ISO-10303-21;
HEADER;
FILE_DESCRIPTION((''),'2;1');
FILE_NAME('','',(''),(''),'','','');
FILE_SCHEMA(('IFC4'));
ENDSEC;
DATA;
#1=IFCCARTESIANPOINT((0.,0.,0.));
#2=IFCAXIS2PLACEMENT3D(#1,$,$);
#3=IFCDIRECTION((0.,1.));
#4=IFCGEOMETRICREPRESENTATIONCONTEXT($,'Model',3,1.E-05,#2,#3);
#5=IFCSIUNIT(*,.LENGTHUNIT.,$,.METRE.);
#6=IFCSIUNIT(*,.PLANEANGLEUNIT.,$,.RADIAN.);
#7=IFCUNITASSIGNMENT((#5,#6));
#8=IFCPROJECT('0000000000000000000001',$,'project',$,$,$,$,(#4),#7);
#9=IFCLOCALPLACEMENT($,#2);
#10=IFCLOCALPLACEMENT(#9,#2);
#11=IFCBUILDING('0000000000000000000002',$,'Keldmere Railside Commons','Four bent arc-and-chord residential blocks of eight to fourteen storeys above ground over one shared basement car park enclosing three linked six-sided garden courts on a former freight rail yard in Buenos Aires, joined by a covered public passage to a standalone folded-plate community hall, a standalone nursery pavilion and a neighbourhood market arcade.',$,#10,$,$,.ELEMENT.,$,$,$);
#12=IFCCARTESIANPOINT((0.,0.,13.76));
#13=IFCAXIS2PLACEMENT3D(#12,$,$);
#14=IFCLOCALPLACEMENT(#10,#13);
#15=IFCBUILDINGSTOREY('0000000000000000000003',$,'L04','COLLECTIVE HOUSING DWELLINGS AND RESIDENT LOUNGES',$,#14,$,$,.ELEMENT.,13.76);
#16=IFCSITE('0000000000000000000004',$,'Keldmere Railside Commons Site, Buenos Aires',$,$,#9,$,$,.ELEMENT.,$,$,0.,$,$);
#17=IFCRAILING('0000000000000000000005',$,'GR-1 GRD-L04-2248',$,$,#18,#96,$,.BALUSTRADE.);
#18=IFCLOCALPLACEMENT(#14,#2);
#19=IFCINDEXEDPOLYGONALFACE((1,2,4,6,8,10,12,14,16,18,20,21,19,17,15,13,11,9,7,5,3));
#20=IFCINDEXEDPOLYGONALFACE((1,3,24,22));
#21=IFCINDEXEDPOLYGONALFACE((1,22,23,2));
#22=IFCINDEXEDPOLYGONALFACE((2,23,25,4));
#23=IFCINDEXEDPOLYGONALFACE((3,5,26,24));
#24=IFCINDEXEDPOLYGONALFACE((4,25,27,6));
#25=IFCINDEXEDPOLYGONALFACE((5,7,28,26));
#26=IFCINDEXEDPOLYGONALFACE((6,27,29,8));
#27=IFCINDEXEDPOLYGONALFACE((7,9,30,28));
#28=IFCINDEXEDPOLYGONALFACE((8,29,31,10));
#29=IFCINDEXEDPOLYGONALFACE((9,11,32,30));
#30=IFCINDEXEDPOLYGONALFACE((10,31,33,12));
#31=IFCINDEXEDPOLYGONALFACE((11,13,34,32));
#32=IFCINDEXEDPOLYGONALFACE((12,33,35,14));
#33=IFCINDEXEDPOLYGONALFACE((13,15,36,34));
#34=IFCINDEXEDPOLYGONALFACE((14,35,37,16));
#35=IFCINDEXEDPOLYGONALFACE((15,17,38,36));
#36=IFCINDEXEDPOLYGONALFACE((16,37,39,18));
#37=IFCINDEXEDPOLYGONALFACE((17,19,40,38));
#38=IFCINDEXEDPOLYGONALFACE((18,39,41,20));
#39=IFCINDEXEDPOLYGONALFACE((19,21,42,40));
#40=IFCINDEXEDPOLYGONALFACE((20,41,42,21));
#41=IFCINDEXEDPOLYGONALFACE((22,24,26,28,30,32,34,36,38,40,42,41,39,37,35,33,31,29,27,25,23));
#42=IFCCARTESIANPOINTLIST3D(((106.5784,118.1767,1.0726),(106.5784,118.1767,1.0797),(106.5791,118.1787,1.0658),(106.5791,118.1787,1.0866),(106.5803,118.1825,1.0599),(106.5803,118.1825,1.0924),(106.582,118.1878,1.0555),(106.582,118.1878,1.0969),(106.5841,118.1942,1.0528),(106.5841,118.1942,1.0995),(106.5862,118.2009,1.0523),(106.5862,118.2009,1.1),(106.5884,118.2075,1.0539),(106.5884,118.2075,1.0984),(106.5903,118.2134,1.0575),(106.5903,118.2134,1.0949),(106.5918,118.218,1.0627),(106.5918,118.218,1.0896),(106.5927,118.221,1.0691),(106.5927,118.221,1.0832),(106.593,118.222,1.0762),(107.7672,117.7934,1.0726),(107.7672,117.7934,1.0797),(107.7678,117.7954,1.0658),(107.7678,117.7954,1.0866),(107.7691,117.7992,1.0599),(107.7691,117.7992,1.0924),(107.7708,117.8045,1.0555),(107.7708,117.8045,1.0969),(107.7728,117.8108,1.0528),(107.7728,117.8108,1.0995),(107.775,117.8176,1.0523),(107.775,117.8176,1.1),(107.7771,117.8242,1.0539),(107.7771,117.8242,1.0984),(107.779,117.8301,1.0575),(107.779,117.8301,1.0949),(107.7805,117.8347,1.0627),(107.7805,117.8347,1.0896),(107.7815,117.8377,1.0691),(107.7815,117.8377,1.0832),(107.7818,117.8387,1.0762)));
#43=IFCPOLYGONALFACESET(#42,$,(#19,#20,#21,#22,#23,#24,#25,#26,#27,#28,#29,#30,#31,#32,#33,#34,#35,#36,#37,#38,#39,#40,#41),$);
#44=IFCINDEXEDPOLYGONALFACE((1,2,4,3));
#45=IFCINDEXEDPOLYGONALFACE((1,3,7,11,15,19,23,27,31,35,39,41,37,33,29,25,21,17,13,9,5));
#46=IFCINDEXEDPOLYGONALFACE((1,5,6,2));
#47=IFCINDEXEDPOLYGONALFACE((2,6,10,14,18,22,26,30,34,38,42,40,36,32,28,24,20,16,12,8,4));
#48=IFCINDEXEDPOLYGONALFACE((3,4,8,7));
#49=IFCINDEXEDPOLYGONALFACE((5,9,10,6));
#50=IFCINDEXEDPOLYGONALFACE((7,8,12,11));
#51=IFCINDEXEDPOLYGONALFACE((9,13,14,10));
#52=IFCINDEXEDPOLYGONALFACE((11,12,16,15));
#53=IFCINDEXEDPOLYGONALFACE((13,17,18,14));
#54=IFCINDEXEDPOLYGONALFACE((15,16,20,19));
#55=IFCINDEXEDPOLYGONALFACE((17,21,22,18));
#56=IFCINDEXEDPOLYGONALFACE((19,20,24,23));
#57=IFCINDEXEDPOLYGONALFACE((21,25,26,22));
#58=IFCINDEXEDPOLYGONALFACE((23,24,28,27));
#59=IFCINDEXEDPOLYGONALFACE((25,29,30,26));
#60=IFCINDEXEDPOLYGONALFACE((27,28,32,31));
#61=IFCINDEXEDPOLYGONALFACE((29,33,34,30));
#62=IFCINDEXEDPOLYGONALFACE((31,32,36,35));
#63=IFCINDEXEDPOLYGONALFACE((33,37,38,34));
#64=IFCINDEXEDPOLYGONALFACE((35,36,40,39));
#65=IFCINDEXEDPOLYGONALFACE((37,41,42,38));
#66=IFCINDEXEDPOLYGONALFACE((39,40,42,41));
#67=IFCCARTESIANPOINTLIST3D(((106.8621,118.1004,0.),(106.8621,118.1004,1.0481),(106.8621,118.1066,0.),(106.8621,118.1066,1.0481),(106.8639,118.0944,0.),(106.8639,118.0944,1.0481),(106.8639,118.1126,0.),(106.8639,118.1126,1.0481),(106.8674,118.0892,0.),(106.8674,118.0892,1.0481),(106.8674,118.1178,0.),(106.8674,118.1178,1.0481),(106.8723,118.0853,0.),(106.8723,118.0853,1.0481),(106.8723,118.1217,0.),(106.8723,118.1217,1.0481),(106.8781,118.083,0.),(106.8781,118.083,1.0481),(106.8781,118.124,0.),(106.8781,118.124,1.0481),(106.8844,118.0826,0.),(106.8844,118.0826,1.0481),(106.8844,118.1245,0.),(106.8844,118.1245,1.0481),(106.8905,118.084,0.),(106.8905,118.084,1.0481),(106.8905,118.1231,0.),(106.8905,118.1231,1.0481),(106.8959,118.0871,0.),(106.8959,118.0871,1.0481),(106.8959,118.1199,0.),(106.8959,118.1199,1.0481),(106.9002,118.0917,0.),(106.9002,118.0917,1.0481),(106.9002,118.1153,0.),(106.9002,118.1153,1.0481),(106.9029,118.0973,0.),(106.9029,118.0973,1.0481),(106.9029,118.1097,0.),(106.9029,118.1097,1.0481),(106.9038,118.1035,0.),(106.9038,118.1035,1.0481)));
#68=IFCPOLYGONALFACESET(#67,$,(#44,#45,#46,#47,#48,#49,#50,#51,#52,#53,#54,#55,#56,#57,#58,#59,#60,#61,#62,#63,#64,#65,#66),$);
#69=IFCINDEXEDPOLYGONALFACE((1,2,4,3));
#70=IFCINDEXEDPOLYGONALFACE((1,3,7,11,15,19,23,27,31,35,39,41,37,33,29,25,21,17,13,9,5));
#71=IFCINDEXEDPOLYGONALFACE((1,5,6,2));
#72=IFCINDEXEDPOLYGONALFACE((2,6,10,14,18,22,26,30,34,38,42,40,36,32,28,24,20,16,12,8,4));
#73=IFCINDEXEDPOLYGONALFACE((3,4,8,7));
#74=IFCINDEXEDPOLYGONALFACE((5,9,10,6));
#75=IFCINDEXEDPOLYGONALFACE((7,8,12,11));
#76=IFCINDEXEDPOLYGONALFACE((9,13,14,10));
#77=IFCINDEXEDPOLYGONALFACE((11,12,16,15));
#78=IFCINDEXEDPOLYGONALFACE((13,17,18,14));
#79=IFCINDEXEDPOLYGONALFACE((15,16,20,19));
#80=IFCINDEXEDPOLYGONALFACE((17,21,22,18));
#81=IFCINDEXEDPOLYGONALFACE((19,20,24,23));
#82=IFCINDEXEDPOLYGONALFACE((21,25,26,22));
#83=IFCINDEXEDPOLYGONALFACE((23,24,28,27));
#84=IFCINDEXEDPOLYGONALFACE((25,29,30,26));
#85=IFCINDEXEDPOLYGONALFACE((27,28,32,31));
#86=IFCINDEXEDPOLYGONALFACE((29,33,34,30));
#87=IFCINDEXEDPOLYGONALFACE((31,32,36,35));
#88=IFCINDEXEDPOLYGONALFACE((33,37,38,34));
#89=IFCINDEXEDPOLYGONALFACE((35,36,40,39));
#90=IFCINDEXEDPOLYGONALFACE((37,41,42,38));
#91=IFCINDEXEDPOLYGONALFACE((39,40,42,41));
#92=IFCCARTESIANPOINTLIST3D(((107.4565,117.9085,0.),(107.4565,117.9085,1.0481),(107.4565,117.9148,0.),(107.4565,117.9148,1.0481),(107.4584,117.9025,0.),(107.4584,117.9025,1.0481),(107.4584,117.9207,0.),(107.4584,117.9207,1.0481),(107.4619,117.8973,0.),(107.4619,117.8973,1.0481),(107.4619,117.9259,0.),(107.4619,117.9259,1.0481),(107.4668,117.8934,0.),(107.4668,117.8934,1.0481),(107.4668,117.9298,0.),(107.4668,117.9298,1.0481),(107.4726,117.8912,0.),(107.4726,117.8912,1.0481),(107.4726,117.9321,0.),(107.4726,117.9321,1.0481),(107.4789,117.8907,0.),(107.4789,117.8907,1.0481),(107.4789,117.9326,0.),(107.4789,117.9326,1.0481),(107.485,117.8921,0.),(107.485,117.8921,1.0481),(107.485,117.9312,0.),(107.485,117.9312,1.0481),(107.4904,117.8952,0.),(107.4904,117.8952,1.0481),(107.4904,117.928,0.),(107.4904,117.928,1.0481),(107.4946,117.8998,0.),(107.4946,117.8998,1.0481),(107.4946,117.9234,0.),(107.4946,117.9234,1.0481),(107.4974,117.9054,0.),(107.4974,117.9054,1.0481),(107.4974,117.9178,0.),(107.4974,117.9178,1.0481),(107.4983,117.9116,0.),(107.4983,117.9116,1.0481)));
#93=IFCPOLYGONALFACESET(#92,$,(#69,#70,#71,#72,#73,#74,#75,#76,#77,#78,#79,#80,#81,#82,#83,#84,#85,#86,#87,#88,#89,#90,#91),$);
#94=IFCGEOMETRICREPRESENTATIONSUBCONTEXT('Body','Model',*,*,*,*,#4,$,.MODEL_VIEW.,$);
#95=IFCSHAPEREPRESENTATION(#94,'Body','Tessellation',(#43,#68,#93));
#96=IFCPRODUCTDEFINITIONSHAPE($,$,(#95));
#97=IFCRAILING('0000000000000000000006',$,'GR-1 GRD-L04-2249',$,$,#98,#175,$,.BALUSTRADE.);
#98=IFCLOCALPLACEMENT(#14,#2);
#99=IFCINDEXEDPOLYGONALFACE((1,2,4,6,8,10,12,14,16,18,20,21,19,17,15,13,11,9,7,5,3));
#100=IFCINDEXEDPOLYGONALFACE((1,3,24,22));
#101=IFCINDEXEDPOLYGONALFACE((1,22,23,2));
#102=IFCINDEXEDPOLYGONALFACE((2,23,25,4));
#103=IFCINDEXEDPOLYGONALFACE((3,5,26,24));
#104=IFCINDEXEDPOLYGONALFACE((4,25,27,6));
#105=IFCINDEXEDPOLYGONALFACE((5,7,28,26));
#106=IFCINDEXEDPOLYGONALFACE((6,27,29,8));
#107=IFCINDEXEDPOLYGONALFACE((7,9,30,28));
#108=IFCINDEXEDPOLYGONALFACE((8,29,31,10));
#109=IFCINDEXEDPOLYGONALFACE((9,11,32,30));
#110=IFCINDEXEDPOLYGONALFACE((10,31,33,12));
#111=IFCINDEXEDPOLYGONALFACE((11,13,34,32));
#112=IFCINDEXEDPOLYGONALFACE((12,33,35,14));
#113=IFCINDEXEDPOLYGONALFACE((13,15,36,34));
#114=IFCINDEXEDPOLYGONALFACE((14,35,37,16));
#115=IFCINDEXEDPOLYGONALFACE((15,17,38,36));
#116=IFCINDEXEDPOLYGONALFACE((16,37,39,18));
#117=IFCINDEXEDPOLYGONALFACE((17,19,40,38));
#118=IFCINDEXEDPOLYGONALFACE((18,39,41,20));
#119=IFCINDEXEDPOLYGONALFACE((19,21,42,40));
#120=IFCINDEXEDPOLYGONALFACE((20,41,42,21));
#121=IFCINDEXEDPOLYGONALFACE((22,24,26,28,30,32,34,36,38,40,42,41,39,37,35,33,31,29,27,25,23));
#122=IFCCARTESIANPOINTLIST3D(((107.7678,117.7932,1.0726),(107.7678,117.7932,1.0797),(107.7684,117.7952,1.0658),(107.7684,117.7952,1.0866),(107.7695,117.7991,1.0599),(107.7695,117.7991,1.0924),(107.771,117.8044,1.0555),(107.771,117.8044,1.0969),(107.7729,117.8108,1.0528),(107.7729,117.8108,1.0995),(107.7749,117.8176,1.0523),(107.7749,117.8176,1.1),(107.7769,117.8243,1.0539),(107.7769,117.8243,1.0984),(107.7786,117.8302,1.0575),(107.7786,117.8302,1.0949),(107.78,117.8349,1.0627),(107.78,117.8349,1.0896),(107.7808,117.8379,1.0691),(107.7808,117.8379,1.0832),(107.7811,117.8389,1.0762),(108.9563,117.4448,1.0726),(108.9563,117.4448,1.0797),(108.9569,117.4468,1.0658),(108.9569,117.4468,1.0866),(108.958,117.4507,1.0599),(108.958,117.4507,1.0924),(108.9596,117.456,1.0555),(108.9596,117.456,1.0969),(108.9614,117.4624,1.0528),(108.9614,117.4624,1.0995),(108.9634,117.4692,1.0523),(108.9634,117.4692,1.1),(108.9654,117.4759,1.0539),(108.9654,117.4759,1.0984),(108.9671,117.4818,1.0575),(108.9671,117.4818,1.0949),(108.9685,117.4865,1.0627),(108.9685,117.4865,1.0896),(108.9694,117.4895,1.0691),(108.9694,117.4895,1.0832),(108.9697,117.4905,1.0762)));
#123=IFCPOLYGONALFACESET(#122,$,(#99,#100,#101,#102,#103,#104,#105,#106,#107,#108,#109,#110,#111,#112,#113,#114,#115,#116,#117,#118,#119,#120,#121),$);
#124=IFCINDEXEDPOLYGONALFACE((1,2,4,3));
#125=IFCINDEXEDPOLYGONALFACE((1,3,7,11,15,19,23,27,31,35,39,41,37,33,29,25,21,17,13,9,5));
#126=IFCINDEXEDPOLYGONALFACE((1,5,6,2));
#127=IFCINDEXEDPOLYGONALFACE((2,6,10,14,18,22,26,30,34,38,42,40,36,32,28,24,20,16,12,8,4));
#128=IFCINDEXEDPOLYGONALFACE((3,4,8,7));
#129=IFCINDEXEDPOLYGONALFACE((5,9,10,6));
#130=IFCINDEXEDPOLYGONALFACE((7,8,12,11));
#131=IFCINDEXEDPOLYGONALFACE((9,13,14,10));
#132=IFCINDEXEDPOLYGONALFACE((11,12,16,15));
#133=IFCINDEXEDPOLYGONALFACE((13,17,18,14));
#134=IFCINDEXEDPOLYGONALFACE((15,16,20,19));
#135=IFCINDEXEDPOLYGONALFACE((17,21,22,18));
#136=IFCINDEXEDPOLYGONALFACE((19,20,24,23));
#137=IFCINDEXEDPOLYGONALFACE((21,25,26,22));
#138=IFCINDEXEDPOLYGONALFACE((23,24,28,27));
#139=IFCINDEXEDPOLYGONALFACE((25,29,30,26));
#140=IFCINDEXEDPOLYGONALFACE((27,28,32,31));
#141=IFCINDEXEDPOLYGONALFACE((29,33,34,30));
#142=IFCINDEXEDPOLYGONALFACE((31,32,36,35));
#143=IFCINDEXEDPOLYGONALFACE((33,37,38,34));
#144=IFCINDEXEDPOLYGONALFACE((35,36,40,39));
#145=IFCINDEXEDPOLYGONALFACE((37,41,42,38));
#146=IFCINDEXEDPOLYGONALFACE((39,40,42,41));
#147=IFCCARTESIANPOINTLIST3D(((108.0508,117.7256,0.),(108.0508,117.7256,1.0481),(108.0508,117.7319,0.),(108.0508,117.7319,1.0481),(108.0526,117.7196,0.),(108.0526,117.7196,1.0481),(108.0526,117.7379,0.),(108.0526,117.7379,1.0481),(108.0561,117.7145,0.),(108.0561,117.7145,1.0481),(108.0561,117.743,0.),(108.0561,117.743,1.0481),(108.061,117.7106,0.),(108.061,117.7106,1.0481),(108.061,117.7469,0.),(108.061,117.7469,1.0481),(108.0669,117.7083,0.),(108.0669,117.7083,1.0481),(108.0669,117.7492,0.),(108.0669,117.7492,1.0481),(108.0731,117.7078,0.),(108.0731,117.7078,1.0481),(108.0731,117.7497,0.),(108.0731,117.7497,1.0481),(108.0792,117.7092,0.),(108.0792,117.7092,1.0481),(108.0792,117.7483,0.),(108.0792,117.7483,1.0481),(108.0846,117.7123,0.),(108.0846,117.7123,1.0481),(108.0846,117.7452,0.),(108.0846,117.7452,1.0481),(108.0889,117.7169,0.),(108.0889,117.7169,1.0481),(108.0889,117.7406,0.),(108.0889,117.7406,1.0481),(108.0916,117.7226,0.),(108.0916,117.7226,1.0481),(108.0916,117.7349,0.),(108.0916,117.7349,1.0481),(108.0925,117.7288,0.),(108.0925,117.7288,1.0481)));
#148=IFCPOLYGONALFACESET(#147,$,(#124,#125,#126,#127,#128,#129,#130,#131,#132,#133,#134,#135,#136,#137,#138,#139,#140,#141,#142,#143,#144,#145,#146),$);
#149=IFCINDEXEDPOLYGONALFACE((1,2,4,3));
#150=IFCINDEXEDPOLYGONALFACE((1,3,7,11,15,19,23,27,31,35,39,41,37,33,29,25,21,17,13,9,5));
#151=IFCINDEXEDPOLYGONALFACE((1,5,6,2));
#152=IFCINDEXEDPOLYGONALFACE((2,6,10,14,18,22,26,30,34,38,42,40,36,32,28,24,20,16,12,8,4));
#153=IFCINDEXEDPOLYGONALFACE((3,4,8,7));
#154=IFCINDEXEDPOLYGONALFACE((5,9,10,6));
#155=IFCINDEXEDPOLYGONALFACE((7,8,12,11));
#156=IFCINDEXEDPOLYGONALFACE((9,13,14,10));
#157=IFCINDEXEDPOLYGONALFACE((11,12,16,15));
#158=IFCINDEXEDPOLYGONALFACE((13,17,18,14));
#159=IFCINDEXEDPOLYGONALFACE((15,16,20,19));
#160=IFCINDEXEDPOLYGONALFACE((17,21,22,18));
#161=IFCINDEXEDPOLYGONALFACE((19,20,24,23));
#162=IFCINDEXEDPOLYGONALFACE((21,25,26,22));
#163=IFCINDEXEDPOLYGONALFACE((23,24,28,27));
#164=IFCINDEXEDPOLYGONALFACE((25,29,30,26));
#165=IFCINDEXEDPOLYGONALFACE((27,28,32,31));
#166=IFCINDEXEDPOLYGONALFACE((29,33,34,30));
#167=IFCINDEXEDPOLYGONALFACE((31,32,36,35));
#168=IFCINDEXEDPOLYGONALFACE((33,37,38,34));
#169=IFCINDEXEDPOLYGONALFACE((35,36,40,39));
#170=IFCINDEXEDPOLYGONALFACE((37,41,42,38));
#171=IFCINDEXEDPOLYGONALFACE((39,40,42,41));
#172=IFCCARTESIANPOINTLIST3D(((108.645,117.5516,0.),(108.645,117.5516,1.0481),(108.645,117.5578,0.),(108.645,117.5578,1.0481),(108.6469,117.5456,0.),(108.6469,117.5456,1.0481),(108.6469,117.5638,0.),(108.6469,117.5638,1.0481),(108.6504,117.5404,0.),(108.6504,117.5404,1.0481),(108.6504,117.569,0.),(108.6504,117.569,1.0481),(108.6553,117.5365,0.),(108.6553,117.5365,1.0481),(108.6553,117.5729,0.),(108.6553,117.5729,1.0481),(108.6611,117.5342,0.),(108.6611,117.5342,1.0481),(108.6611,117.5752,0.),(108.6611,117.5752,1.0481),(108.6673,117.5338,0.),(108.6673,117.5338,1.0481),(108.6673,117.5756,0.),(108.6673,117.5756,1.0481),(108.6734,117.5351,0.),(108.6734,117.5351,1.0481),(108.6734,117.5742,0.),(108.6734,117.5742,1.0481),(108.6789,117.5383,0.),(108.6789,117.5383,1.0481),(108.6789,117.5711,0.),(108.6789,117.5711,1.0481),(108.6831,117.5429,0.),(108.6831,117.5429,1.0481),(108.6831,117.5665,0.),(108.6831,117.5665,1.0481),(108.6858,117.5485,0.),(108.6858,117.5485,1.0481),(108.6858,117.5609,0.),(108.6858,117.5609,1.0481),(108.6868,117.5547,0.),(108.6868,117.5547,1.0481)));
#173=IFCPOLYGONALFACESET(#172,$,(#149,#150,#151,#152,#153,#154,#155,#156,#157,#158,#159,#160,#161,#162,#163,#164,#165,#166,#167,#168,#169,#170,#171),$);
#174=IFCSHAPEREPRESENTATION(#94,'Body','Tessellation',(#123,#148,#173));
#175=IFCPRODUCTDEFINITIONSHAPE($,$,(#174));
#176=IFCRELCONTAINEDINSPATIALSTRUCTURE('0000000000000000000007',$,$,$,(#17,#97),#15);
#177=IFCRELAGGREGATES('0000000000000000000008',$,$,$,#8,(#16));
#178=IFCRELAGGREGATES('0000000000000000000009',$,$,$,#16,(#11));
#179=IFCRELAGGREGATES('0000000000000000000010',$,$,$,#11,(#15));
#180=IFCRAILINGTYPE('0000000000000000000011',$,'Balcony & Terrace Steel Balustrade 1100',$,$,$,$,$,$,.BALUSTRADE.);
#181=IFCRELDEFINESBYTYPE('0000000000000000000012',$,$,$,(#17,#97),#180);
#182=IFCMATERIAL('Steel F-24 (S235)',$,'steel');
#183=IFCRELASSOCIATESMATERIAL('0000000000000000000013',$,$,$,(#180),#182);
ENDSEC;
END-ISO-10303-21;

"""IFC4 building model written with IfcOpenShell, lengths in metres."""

from ifc_helpers import new_model, si_unit, direction, frame, origin, origin_2d, place, context, subcontext, project, spatial, circle, extrude, material, type_object, element, save


model = new_model("IFC4")

# Units and contexts
model_context = context("Model", 3, precision=1e-05, world=origin(), true_north=direction((0.0, 1.0)))
body_context = subcontext(model_context, "Body", "Model", "MODEL_VIEW")
ifc_project = project(units=[si_unit("LENGTHUNIT", "METRE"), si_unit("PLANEANGLEUNIT", "RADIAN")], contexts=[model_context])

# Site, building, storey
site_placement = place(None, origin())
site = spatial("IfcSite", under=ifc_project, at=site_placement, Name="Keldmere Railside Commons Site, Buenos Aires", CompositionType="ELEMENT", RefElevation=0.0)
building_placement = place(site_placement, origin())
building = spatial("IfcBuilding", under=site, at=building_placement, Name="Keldmere Railside Commons", Description="Four bent arc-and-chord residential blocks of eight to fourteen storeys above ground over one shared basement car park enclosing three linked six-sided garden courts on a former freight rail yard in Buenos Aires, joined by a covered public passage to a standalone folded-plate community hall, a standalone nursery pavilion and a neighbourhood market arcade.", CompositionType="ELEMENT")
storey_placement = place(building_placement, frame((0.0, 0.0, 13.76)))
storey = spatial("IfcBuildingStorey", under=building, at=storey_placement, Name="L04", Description="COLLECTIVE HOUSING DWELLINGS AND RESIDENT LOUNGES", CompositionType="ELEMENT", Elevation=13.76)

# Railings
ifc_material_1 = material(Name="Steel F-24 (S235)", Category="steel")
railing_type = type_object("IfcRailingType", Name="Balcony & Terrace Steel Balustrade 1100", PredefinedType="BALUSTRADE", material=ifc_material_1)
railing_1_placement = place(storey_placement, frame((106.5857, 118.1992, 0.0)))
element("IfcRailing", 1, at=railing_1_placement, inside=storey, type_object=railing_type, Name="GR-1 GRD-L04-2248", PredefinedType="BALUSTRADE", context=body_context, shape_type="SweptSolid", body=[
    extrude(circle(Radius=0.0239, at=origin_2d()), frame((0.0, 0.0, 1.0762), z_axis=(0.951745, -0.306889, 0.0), x_axis=(0.306889, 0.951745, 0.0)), (0.0, 0.0, 1.0), 1.249),
    extrude(circle(Radius=0.021, at=origin_2d()), frame((0.2971, -0.0957, 0.0)), (0.0, 0.0, 1.0), 1.0481),
    extrude(circle(Radius=0.021, at=origin_2d()), frame((0.8916, -0.2876, 0.0)), (0.0, 0.0, 1.0), 1.0481),
])
railing_2_placement = place(storey_placement, frame((107.7744, 117.8159, 0.0)))
element("IfcRailing", 2, at=railing_2_placement, inside=storey, type_object=railing_type, Name="GR-1 GRD-L04-2249", PredefinedType="BALUSTRADE", context=body_context, shape_type="SweptSolid", body=[
    extrude(circle(Radius=0.0239, at=origin_2d()), frame((0.0, 0.0, 1.0762), z_axis=(0.959619, -0.281302, 0.0), x_axis=(0.281302, 0.959619, 0.0)), (0.0, 0.0, 1.0), 1.2385),
    extrude(circle(Radius=0.021, at=origin_2d()), frame((0.2971, -0.0872, 0.0)), (0.0, 0.0, 1.0), 1.0481),
    extrude(circle(Radius=0.021, at=origin_2d()), frame((0.8914, -0.2612, 0.0)), (0.0, 0.0, 1.0), 1.0481),
])

save(model, "model.ifc")
